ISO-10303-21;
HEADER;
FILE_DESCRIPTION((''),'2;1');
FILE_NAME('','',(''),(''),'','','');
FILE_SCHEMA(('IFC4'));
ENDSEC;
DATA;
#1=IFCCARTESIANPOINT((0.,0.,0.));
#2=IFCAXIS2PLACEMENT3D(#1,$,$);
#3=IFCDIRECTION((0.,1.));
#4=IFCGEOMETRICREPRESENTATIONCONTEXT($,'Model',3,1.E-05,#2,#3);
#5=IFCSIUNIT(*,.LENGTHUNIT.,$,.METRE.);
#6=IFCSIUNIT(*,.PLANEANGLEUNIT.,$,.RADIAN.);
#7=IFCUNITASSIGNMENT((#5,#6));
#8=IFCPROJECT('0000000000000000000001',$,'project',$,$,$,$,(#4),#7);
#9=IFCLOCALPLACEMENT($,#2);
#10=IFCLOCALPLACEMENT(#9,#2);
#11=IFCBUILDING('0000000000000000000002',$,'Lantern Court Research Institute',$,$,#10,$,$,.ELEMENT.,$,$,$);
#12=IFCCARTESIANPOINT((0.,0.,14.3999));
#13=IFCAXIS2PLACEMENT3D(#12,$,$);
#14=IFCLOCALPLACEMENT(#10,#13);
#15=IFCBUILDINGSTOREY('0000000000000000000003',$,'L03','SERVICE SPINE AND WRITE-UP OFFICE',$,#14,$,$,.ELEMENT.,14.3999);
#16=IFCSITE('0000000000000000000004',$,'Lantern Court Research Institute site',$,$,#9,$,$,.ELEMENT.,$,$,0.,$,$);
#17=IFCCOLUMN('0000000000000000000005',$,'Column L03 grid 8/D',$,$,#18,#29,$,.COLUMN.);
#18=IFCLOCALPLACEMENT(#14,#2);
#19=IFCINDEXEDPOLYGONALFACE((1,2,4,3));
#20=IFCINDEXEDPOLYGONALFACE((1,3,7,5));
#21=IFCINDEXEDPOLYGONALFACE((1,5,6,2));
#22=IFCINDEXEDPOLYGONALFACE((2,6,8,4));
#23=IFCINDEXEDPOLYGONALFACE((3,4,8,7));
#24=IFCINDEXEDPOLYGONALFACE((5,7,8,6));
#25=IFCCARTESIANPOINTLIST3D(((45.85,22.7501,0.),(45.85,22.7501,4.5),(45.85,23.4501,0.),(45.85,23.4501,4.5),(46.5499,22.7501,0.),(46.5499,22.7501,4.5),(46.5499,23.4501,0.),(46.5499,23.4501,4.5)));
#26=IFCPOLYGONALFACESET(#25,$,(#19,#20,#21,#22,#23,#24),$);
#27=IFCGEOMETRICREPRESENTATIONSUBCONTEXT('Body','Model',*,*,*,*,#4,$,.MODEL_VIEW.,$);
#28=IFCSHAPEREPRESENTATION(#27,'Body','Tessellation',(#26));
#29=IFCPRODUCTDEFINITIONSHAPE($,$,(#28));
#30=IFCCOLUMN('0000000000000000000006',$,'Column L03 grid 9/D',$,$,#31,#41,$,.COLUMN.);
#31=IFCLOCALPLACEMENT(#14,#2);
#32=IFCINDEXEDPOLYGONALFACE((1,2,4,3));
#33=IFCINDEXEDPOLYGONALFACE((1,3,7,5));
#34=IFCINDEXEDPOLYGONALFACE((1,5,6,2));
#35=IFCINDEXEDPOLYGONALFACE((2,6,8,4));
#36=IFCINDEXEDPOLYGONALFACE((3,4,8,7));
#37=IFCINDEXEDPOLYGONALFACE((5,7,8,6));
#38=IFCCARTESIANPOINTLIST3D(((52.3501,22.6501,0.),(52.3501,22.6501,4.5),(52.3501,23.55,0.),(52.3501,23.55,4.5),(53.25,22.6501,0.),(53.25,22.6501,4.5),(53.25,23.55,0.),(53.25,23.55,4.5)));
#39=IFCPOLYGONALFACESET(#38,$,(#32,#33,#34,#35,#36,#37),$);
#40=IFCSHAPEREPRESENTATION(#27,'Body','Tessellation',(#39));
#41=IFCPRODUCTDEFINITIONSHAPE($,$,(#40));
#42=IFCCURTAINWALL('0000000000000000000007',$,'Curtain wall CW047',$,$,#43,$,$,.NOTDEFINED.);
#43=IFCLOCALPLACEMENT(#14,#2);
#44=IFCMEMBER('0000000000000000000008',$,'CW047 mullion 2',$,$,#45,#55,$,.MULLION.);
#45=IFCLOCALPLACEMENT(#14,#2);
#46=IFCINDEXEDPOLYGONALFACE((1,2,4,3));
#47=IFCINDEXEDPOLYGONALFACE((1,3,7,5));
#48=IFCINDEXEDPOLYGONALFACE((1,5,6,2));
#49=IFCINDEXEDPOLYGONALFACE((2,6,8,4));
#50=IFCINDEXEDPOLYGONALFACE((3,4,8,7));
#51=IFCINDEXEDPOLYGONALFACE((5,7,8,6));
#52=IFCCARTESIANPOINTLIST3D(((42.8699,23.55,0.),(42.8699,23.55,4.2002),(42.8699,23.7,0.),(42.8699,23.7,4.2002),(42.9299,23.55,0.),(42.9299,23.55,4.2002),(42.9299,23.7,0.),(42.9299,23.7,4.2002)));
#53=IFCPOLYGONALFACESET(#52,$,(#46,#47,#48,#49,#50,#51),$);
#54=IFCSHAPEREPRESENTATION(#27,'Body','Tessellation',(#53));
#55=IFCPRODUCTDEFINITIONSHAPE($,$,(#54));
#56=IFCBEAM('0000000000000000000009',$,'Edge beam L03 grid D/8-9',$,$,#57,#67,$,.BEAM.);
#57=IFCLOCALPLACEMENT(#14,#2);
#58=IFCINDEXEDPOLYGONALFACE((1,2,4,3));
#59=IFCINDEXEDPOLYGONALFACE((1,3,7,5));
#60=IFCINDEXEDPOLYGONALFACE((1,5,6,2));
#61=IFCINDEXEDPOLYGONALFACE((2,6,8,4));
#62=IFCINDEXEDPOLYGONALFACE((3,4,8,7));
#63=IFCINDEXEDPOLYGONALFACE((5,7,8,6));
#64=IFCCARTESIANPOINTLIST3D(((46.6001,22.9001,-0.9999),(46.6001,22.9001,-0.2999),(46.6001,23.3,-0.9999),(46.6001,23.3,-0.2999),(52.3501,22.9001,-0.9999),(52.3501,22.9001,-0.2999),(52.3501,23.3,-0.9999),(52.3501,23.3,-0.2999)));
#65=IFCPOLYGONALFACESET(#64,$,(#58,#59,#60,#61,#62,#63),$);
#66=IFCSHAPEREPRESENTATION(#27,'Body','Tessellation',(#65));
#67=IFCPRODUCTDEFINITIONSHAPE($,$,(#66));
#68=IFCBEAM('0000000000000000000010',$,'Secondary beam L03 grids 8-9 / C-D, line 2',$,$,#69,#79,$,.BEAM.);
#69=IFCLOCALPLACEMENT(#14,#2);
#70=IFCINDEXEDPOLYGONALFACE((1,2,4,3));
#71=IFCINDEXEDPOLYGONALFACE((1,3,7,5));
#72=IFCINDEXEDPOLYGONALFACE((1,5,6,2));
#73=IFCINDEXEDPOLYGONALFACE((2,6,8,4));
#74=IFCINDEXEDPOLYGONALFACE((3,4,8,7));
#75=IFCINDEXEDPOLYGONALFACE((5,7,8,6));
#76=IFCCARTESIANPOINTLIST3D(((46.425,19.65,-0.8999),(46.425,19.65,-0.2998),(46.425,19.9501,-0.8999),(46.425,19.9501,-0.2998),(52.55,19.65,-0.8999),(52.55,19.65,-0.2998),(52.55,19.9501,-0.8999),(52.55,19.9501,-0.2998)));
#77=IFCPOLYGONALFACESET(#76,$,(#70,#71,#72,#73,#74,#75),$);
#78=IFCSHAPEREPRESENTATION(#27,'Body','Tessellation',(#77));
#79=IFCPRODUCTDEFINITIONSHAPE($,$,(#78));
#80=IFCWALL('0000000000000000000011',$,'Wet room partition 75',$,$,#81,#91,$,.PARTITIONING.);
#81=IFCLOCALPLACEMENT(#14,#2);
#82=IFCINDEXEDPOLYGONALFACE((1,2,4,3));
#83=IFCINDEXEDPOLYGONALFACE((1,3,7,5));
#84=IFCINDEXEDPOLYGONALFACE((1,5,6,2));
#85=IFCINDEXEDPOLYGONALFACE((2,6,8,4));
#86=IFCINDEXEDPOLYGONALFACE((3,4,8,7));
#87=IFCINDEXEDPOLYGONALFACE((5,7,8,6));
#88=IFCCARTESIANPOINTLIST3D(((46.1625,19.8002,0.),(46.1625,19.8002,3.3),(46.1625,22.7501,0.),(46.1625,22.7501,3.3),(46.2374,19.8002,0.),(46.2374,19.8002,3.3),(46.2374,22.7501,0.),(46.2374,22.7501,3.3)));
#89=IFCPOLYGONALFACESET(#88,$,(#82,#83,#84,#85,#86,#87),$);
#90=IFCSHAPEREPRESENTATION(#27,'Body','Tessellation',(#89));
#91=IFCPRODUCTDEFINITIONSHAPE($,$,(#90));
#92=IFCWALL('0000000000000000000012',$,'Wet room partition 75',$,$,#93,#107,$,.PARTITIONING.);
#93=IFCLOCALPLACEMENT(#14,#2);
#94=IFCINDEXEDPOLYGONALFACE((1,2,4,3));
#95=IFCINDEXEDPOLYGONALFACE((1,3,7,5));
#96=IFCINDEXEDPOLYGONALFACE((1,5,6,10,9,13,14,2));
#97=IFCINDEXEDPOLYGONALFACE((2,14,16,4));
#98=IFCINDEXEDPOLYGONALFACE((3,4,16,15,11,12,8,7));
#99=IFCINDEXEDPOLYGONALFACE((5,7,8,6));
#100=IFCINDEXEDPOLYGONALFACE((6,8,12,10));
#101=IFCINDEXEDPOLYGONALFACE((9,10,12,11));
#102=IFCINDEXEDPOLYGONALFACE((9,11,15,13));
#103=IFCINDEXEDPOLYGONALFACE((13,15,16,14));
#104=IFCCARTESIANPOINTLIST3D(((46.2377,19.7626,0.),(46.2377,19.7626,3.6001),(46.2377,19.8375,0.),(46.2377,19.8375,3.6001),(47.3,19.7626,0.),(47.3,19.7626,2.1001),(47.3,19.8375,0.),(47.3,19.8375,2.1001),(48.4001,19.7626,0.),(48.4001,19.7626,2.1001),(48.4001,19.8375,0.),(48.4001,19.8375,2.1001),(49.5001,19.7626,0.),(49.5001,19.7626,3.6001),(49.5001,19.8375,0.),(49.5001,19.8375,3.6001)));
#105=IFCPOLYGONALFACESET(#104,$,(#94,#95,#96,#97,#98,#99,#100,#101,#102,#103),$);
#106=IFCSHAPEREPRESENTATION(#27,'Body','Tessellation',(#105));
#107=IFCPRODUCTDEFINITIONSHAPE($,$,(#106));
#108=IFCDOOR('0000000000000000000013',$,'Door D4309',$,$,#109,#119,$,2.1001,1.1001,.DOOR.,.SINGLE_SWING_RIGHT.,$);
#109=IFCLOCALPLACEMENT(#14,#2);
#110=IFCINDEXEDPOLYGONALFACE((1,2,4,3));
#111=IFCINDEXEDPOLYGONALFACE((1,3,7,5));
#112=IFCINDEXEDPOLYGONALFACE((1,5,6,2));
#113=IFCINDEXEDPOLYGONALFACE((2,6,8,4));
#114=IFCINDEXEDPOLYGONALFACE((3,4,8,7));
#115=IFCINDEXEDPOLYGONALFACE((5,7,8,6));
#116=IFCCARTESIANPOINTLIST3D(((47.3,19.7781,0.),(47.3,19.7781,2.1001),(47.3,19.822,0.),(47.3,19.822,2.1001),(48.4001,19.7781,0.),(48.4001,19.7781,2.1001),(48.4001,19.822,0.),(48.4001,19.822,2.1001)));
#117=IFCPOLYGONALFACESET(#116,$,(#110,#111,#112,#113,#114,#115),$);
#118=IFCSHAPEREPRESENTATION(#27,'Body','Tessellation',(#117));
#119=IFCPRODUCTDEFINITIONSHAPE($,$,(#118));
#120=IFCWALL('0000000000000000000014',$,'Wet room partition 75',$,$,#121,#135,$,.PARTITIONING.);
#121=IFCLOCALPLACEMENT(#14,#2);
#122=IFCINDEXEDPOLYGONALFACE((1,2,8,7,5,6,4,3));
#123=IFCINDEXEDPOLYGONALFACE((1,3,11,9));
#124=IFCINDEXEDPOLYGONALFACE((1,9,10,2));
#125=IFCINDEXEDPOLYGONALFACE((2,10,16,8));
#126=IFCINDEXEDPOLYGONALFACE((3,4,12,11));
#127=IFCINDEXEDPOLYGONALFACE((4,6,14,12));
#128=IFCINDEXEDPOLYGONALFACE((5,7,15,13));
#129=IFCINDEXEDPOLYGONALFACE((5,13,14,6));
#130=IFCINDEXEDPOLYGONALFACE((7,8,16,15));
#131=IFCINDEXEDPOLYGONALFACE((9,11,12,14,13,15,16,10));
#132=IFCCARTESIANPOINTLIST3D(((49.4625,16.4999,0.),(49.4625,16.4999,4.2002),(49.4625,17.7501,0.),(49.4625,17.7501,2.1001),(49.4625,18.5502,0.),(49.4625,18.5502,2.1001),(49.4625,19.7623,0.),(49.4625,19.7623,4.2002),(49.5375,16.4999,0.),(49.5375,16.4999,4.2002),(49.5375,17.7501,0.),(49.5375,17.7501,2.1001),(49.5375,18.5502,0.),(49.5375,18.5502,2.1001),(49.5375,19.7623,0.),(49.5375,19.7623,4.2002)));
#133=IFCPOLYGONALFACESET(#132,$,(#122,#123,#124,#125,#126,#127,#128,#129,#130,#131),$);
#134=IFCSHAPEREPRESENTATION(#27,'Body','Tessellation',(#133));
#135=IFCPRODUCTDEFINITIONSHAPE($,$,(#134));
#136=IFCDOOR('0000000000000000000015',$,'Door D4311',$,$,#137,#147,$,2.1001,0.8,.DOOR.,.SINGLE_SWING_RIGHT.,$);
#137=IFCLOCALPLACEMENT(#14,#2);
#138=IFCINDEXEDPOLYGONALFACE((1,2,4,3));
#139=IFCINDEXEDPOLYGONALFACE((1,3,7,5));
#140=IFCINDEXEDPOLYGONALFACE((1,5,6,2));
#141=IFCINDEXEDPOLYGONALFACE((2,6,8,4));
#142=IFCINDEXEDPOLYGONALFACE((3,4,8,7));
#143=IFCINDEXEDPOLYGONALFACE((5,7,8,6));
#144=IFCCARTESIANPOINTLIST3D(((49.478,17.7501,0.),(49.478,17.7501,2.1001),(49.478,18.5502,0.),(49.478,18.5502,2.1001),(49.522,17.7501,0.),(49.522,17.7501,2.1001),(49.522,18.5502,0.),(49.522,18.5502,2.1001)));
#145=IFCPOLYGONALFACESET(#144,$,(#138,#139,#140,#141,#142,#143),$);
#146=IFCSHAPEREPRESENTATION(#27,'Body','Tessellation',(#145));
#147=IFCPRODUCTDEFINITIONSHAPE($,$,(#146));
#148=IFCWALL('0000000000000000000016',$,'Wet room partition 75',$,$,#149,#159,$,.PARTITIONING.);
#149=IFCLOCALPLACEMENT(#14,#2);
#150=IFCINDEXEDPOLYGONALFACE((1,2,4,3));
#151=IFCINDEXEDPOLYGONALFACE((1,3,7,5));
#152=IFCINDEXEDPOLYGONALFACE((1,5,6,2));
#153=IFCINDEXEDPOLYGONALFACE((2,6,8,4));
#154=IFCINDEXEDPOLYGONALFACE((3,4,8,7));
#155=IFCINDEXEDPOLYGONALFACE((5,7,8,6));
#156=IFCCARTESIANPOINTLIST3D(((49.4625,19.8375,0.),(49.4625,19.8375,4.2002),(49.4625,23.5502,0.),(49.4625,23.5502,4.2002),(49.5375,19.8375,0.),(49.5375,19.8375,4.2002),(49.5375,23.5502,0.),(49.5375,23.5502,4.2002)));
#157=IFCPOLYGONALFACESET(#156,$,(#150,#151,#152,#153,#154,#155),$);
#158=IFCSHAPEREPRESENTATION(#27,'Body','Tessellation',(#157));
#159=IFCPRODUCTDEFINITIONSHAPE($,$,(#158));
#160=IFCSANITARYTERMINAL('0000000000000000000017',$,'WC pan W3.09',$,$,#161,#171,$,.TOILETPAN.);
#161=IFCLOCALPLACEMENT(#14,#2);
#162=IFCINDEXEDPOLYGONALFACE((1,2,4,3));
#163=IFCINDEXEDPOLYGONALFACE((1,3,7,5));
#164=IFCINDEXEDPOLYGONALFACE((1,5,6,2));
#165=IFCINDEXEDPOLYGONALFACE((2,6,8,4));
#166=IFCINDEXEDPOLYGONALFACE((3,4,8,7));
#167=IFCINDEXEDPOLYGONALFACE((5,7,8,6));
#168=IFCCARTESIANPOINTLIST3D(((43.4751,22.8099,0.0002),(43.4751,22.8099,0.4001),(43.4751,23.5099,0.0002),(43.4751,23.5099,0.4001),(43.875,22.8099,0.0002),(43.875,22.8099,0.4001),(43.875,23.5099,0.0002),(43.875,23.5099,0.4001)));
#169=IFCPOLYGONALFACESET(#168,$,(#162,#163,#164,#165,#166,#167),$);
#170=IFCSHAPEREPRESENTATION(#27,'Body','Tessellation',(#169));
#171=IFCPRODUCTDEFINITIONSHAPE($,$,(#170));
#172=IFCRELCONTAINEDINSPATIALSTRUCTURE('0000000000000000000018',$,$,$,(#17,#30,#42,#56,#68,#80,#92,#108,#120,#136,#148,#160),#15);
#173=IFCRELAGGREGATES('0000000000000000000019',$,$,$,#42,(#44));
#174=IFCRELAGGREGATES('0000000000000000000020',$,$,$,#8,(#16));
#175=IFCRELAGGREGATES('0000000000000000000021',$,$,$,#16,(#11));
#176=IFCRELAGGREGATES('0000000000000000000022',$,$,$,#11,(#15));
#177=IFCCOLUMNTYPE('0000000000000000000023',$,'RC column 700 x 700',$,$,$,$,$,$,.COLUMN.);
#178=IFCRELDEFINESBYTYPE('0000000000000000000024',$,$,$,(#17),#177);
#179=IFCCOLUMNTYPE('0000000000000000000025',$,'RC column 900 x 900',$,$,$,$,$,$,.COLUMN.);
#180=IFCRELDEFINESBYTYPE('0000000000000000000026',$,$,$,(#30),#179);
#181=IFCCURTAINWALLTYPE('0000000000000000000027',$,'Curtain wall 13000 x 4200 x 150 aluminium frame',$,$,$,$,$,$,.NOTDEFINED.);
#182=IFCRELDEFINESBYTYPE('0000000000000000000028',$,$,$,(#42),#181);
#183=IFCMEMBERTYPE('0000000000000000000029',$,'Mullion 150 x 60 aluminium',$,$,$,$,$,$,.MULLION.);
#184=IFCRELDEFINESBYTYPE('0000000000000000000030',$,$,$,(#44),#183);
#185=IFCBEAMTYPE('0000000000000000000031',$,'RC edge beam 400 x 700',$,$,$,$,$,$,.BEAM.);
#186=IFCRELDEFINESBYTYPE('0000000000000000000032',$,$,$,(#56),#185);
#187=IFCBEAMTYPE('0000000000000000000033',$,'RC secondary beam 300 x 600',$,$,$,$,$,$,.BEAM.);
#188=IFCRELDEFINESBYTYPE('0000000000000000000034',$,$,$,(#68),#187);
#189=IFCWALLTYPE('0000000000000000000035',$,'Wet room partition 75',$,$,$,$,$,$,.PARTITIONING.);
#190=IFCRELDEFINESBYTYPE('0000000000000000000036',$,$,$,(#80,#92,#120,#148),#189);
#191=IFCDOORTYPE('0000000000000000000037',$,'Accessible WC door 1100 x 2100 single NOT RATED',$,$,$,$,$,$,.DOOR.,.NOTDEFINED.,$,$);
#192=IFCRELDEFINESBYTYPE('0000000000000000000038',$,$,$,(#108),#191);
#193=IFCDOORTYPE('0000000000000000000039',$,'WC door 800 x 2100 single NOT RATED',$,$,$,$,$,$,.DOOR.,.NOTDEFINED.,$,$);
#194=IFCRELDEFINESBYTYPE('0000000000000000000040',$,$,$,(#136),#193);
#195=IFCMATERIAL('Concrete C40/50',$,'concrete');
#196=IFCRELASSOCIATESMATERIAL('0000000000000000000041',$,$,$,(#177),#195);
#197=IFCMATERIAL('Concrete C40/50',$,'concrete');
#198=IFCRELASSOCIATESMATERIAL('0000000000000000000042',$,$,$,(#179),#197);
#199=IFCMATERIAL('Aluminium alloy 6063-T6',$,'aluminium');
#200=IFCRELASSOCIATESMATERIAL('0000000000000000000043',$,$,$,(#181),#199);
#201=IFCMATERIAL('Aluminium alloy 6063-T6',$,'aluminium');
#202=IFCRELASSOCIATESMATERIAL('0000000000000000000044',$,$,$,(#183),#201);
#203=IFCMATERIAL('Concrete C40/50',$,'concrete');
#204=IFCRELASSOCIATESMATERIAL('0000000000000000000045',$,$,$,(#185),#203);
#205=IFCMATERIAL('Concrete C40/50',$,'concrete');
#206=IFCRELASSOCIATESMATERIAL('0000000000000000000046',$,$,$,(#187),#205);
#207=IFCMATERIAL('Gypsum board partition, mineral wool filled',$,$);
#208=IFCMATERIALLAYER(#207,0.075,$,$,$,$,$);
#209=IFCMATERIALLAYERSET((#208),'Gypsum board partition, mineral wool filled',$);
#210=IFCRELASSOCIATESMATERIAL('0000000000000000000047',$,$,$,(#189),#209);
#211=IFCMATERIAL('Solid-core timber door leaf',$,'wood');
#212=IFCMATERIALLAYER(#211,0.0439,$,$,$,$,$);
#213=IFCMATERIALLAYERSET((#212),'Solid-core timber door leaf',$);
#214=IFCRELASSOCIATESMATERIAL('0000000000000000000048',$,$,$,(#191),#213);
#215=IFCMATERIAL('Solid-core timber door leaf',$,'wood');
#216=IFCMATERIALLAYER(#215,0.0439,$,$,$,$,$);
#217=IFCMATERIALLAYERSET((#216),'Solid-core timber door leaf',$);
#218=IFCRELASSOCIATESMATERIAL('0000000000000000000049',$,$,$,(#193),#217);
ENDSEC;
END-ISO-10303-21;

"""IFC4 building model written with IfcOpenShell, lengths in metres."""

from ifc_helpers import new_model, si_unit, direction, frame, frame_2d, origin, origin_2d, place, context, subcontext, project, spatial, rectangle, extrude, material, layer, layer_set, material_profile, profile_set, type_object, element, fill, aggregate, save


model = new_model("IFC4")

# Units and contexts
model_context = context("Model", 3, precision=1e-05, world=origin(), true_north=direction((0.0, 1.0)))
body_context = subcontext(model_context, "Body", "Model", "MODEL_VIEW")
ifc_project = project(units=[si_unit("LENGTHUNIT", "METRE"), si_unit("PLANEANGLEUNIT", "RADIAN")], contexts=[model_context])

# Site, building, storey
site_placement = place(None, origin())
site = spatial("IfcSite", under=ifc_project, at=site_placement, Name="Lantern Court Research Institute site", CompositionType="ELEMENT", RefElevation=0.0)
building_placement = place(site_placement, origin())
building = spatial("IfcBuilding", under=site, at=building_placement, Name="Lantern Court Research Institute", CompositionType="ELEMENT")
storey_placement = place(building_placement, frame((0.0, 0.0, 14.3999)))
storey = spatial("IfcBuildingStorey", under=building, at=storey_placement, Name="L03", Description="SERVICE SPINE AND WRITE-UP OFFICE", CompositionType="ELEMENT", Elevation=14.3999)

# Columns
ifc_material_1 = material(Name="Concrete C40/50", Category="concrete")
ifc_material_profile_1 = material_profile(ifc_material_1, rectangle(XDim=0.7, YDim=0.7, at=origin_2d()), Name="RC column 700 x 700")
ifc_profile_set_1 = profile_set([ifc_material_profile_1], Name="Concrete C40/50")
column_type_1 = type_object("IfcColumnType", Name="RC column 700 x 700", PredefinedType="COLUMN", material=ifc_profile_set_1)
column_1_placement = place(storey_placement, frame((46.2, 23.1001, 0.0), z_axis=(0.0, 0.0, 1.0), x_axis=(1.0, 0.0, 0.0)))
element("IfcColumn", 1, at=column_1_placement, inside=storey, type_object=column_type_1, Name="Column L03 grid 8/D", PredefinedType="COLUMN", context=body_context, shape_type="SweptSolid", body=[
    extrude(rectangle(XDim=0.7, YDim=0.7, at=origin_2d()), origin(), (0.0, 0.0, 1.0), 4.5),
])
ifc_material_2 = material(Name="Concrete C40/50", Category="concrete")
ifc_material_profile_2 = material_profile(ifc_material_2, rectangle(XDim=0.8999, YDim=0.8999, at=origin_2d()), Name="RC column 900 x 900")
ifc_profile_set_2 = profile_set([ifc_material_profile_2], Name="Concrete C40/50")
column_type_2 = type_object("IfcColumnType", Name="RC column 900 x 900", PredefinedType="COLUMN", material=ifc_profile_set_2)
column_2_placement = place(storey_placement, frame((52.8, 23.1001, 0.0), z_axis=(0.0, 0.0, 1.0), x_axis=(1.0, 0.0, 0.0)))
element("IfcColumn", 2, at=column_2_placement, inside=storey, type_object=column_type_2, Name="Column L03 grid 9/D", PredefinedType="COLUMN", context=body_context, shape_type="SweptSolid", body=[
    extrude(rectangle(XDim=0.8999, YDim=0.8999, at=origin_2d()), origin(), (0.0, 0.0, 1.0), 4.5),
])

# Curtain wall, member
ifc_material_3 = material(Name="Aluminium alloy 6063-T6", Category="aluminium")
curtain_wall_type = type_object("IfcCurtainWallType", Name="Curtain wall 13000 x 4200 x 150 aluminium frame", PredefinedType="NOTDEFINED", material=ifc_material_3)
curtain_wall_placement = place(storey_placement, origin())
curtain_wall = element("IfcCurtainWall", 3, at=curtain_wall_placement, inside=storey, type_object=curtain_wall_type, Name="Curtain wall CW047", PredefinedType="NOTDEFINED")
ifc_material_4 = material(Name="Aluminium alloy 6063-T6", Category="aluminium")
ifc_material_profile_3 = material_profile(ifc_material_4, rectangle(XDim=0.1499, YDim=0.0601, at=origin_2d()), Name="Mullion 150 x 60")
ifc_profile_set_3 = profile_set([ifc_material_profile_3], Name="Aluminium alloy 6063-T6")
member_type = type_object("IfcMemberType", Name="Mullion 150 x 60 aluminium", PredefinedType="MULLION", material=ifc_profile_set_3)
member_placement = place(storey_placement, frame((42.8999, 23.625, 0.0), z_axis=(0.0, 0.0, 1.0), x_axis=(0.0, 1.0, 0.0)))
member = element("IfcMember", 4, at=member_placement, type_object=member_type, Name="CW047 mullion 2", PredefinedType="MULLION", context=body_context, shape_type="SweptSolid", body=[
    extrude(rectangle(XDim=0.1499, YDim=0.0601, at=origin_2d()), origin(), (0.0, 0.0, 1.0), 4.2002),
])
aggregate(curtain_wall, [member])

# Beams
ifc_material_5 = material(Name="Concrete C40/50", Category="concrete")
ifc_material_profile_4 = material_profile(ifc_material_5, rectangle(XDim=0.3999, YDim=0.7, at=origin_2d()), Name="RC beam 400 x 700")
ifc_profile_set_4 = profile_set([ifc_material_profile_4], Name="Concrete C40/50")
beam_type_1 = type_object("IfcBeamType", Name="RC edge beam 400 x 700", PredefinedType="BEAM", material=ifc_profile_set_4)
beam_1_placement = place(storey_placement, frame((46.6001, 23.1001, -0.6499), z_axis=(1.0, 0.0, 0.0), x_axis=(0.0, 1.0, 0.0)))
element("IfcBeam", 5, at=beam_1_placement, inside=storey, type_object=beam_type_1, Name="Edge beam L03 grid D/8-9", PredefinedType="BEAM", context=body_context, shape_type="SweptSolid", body=[
    extrude(rectangle(XDim=0.3999, YDim=0.7, at=origin_2d()), origin(), (0.0, 0.0, 1.0), 5.75),
])
ifc_material_6 = material(Name="Concrete C40/50", Category="concrete")
ifc_material_profile_5 = material_profile(ifc_material_6, rectangle(XDim=0.3, YDim=0.6001, at=origin_2d()), Name="RC beam 300 x 600")
ifc_profile_set_5 = profile_set([ifc_material_profile_5], Name="Concrete C40/50")
beam_type_2 = type_object("IfcBeamType", Name="RC secondary beam 300 x 600", PredefinedType="BEAM", material=ifc_profile_set_5)
beam_2_placement = place(storey_placement, frame((46.425, 19.8, -0.5999), z_axis=(1.0, 0.0, 0.0), x_axis=(0.0, 1.0, 0.0)))
element("IfcBeam", 6, at=beam_2_placement, inside=storey, type_object=beam_type_2, Name="Secondary beam L03 grids 8-9 / C-D, line 2", PredefinedType="BEAM", context=body_context, shape_type="SweptSolid", body=[
    extrude(rectangle(XDim=0.3, YDim=0.6001, at=origin_2d()), origin(), (0.0, 0.0, 1.0), 6.125),
])

# Wall
ifc_material_7 = material(Name="Gypsum board partition, mineral wool filled")
ifc_layer_1 = layer(ifc_material_7, 0.075)
ifc_layer_set_1 = layer_set([ifc_layer_1], Name="Gypsum board partition, mineral wool filled")
wall_type = type_object("IfcWallType", Name="Wet room partition 75", PredefinedType="PARTITIONING", material=ifc_layer_set_1)
wall_1_placement = place(storey_placement, frame((46.2, 19.8, 0.0), z_axis=(0.0, 0.0, 1.0), x_axis=(0.0, 1.0, 0.0)))
element("IfcWall", 7, at=wall_1_placement, inside=storey, type_object=wall_type, Name="Wet room partition 75", PredefinedType="PARTITIONING", context=body_context, shape_type="SweptSolid", body=[
    extrude(rectangle(XDim=2.95, YDim=0.075, at=frame_2d((1.4751, 0.0))), origin(), (0.0, 0.0, 1.0), 3.3),
])

# Walls, openings, doors
wall_2_placement = place(storey_placement, frame((46.2375, 19.8, 0.0), z_axis=(0.0, 0.0, 1.0), x_axis=(1.0, 0.0, 0.0)))
wall_2 = element("IfcWall", 8, at=wall_2_placement, inside=storey, type_object=wall_type, Name="Wet room partition 75", PredefinedType="PARTITIONING", context=body_context, shape_type="SweptSolid", body=[
    extrude(rectangle(XDim=3.2625, YDim=0.075, at=frame_2d((1.6313, 0.0))), origin(), (0.0, 0.0, 1.0), 3.6001),
])
opening_1_placement = place(wall_2_placement, frame((1.0625, 0.0, 0.0)))
opening_1 = element("IfcOpeningElement", 9, at=opening_1_placement, cuts=wall_2, PredefinedType="OPENING", context=body_context, shape_type="SweptSolid", body=[
    extrude(rectangle(XDim=1.1001, YDim=2.1001, at=frame_2d((0.55, 1.05))), frame((0.0, 0.0474, 0.0), z_axis=(0.0, -1.0, 0.0), x_axis=(1.0, 0.0, 0.0)), (0.0, 0.0, 1.0), 0.095),
])
ifc_material_8 = material(Name="Solid-core timber door leaf", Category="wood")
ifc_layer_2 = layer(ifc_material_8, 0.0439)
ifc_layer_set_2 = layer_set([ifc_layer_2], Name="Solid-core timber door leaf")
door_type_1 = type_object("IfcDoorType", Name="Accessible WC door 1100 x 2100 single NOT RATED", OperationType="NOTDEFINED", PredefinedType="DOOR", material=ifc_layer_set_2)
door_1_placement = place(opening_1_placement, origin())
door_1 = element("IfcDoor", 10, at=door_1_placement, inside=storey, type_object=door_type_1, Name="Door D4309", OperationType="SINGLE_SWING_RIGHT", OverallHeight=2.1001, OverallWidth=1.1001, PredefinedType="DOOR", context=body_context, shape_type="SweptSolid", body=[
    extrude(rectangle(XDim=1.1001, YDim=2.1001, at=frame_2d((0.55, 1.05))), frame((0.0, 0.022, 0.0), z_axis=(0.0, -1.0, 0.0), x_axis=(1.0, 0.0, 0.0)), (0.0, 0.0, 1.0), 0.0439),
])
fill(opening_1, door_1)
wall_3_placement = place(storey_placement, frame((49.5, 19.7625, 0.0), z_axis=(0.0, 0.0, 1.0), x_axis=(0.0, -1.0, 0.0)))
wall_3 = element("IfcWall", 11, at=wall_3_placement, inside=storey, type_object=wall_type, Name="Wet room partition 75", PredefinedType="PARTITIONING", context=body_context, shape_type="SweptSolid", body=[
    extrude(rectangle(XDim=3.2625, YDim=0.075, at=frame_2d((1.6313, 0.0))), origin(), (0.0, 0.0, 1.0), 4.2002),
])
opening_2_placement = place(wall_3_placement, frame((1.2124, 0.0, 0.0)))
opening_2 = element("IfcOpeningElement", 12, at=opening_2_placement, cuts=wall_3, PredefinedType="OPENING", context=body_context, shape_type="SweptSolid", body=[
    extrude(rectangle(XDim=0.8, YDim=2.1001, at=frame_2d((0.3999, 1.05))), frame((0.0, 0.0474, 0.0), z_axis=(0.0, -1.0, 0.0), x_axis=(1.0, 0.0, 0.0)), (0.0, 0.0, 1.0), 0.095),
])
ifc_material_9 = material(Name="Solid-core timber door leaf", Category="wood")
ifc_layer_3 = layer(ifc_material_9, 0.0439)
ifc_layer_set_3 = layer_set([ifc_layer_3], Name="Solid-core timber door leaf")
door_type_2 = type_object("IfcDoorType", Name="WC door 800 x 2100 single NOT RATED", OperationType="NOTDEFINED", PredefinedType="DOOR", material=ifc_layer_set_3)
door_2_placement = place(opening_2_placement, origin())
door_2 = element("IfcDoor", 13, at=door_2_placement, inside=storey, type_object=door_type_2, Name="Door D4311", OperationType="SINGLE_SWING_RIGHT", OverallHeight=2.1001, OverallWidth=0.8, PredefinedType="DOOR", context=body_context, shape_type="SweptSolid", body=[
    extrude(rectangle(XDim=0.8, YDim=2.1001, at=frame_2d((0.3999, 1.05))), frame((0.0, 0.022, 0.0), z_axis=(0.0, -1.0, 0.0), x_axis=(1.0, 0.0, 0.0)), (0.0, 0.0, 1.0), 0.0439),
])
fill(opening_2, door_2)

# Wall
wall_4_placement = place(storey_placement, frame((49.5, 19.8374, 0.0), z_axis=(0.0, 0.0, 1.0), x_axis=(0.0, 1.0, 0.0)))
element("IfcWall", 14, at=wall_4_placement, inside=storey, type_object=wall_type, Name="Wet room partition 75", PredefinedType="PARTITIONING", context=body_context, shape_type="SweptSolid", body=[
    extrude(rectangle(XDim=3.7126, YDim=0.075, at=frame_2d((1.8564, 0.0))), origin(), (0.0, 0.0, 1.0), 4.2002),
])

# Sanitary terminal
for number, where, z_axis, x_axis, name in (
    (15, (43.675, 23.1599, 0.0002), (0.0, 0.0, 1.0), (1.0, 0.0, 0.0), "WC pan W3.09"),
):
    element("IfcSanitaryTerminal", number, at=place(storey_placement, frame(where, z_axis=z_axis, x_axis=x_axis)), inside=storey, Name=name, PredefinedType="TOILETPAN", context=body_context, shape_type="SweptSolid", body=[
        extrude(rectangle(XDim=0.3999, YDim=0.7, at=origin_2d()), origin(), (0.0, 0.0, 1.0), 0.3999),
    ])

save(model, "model.ifc")
